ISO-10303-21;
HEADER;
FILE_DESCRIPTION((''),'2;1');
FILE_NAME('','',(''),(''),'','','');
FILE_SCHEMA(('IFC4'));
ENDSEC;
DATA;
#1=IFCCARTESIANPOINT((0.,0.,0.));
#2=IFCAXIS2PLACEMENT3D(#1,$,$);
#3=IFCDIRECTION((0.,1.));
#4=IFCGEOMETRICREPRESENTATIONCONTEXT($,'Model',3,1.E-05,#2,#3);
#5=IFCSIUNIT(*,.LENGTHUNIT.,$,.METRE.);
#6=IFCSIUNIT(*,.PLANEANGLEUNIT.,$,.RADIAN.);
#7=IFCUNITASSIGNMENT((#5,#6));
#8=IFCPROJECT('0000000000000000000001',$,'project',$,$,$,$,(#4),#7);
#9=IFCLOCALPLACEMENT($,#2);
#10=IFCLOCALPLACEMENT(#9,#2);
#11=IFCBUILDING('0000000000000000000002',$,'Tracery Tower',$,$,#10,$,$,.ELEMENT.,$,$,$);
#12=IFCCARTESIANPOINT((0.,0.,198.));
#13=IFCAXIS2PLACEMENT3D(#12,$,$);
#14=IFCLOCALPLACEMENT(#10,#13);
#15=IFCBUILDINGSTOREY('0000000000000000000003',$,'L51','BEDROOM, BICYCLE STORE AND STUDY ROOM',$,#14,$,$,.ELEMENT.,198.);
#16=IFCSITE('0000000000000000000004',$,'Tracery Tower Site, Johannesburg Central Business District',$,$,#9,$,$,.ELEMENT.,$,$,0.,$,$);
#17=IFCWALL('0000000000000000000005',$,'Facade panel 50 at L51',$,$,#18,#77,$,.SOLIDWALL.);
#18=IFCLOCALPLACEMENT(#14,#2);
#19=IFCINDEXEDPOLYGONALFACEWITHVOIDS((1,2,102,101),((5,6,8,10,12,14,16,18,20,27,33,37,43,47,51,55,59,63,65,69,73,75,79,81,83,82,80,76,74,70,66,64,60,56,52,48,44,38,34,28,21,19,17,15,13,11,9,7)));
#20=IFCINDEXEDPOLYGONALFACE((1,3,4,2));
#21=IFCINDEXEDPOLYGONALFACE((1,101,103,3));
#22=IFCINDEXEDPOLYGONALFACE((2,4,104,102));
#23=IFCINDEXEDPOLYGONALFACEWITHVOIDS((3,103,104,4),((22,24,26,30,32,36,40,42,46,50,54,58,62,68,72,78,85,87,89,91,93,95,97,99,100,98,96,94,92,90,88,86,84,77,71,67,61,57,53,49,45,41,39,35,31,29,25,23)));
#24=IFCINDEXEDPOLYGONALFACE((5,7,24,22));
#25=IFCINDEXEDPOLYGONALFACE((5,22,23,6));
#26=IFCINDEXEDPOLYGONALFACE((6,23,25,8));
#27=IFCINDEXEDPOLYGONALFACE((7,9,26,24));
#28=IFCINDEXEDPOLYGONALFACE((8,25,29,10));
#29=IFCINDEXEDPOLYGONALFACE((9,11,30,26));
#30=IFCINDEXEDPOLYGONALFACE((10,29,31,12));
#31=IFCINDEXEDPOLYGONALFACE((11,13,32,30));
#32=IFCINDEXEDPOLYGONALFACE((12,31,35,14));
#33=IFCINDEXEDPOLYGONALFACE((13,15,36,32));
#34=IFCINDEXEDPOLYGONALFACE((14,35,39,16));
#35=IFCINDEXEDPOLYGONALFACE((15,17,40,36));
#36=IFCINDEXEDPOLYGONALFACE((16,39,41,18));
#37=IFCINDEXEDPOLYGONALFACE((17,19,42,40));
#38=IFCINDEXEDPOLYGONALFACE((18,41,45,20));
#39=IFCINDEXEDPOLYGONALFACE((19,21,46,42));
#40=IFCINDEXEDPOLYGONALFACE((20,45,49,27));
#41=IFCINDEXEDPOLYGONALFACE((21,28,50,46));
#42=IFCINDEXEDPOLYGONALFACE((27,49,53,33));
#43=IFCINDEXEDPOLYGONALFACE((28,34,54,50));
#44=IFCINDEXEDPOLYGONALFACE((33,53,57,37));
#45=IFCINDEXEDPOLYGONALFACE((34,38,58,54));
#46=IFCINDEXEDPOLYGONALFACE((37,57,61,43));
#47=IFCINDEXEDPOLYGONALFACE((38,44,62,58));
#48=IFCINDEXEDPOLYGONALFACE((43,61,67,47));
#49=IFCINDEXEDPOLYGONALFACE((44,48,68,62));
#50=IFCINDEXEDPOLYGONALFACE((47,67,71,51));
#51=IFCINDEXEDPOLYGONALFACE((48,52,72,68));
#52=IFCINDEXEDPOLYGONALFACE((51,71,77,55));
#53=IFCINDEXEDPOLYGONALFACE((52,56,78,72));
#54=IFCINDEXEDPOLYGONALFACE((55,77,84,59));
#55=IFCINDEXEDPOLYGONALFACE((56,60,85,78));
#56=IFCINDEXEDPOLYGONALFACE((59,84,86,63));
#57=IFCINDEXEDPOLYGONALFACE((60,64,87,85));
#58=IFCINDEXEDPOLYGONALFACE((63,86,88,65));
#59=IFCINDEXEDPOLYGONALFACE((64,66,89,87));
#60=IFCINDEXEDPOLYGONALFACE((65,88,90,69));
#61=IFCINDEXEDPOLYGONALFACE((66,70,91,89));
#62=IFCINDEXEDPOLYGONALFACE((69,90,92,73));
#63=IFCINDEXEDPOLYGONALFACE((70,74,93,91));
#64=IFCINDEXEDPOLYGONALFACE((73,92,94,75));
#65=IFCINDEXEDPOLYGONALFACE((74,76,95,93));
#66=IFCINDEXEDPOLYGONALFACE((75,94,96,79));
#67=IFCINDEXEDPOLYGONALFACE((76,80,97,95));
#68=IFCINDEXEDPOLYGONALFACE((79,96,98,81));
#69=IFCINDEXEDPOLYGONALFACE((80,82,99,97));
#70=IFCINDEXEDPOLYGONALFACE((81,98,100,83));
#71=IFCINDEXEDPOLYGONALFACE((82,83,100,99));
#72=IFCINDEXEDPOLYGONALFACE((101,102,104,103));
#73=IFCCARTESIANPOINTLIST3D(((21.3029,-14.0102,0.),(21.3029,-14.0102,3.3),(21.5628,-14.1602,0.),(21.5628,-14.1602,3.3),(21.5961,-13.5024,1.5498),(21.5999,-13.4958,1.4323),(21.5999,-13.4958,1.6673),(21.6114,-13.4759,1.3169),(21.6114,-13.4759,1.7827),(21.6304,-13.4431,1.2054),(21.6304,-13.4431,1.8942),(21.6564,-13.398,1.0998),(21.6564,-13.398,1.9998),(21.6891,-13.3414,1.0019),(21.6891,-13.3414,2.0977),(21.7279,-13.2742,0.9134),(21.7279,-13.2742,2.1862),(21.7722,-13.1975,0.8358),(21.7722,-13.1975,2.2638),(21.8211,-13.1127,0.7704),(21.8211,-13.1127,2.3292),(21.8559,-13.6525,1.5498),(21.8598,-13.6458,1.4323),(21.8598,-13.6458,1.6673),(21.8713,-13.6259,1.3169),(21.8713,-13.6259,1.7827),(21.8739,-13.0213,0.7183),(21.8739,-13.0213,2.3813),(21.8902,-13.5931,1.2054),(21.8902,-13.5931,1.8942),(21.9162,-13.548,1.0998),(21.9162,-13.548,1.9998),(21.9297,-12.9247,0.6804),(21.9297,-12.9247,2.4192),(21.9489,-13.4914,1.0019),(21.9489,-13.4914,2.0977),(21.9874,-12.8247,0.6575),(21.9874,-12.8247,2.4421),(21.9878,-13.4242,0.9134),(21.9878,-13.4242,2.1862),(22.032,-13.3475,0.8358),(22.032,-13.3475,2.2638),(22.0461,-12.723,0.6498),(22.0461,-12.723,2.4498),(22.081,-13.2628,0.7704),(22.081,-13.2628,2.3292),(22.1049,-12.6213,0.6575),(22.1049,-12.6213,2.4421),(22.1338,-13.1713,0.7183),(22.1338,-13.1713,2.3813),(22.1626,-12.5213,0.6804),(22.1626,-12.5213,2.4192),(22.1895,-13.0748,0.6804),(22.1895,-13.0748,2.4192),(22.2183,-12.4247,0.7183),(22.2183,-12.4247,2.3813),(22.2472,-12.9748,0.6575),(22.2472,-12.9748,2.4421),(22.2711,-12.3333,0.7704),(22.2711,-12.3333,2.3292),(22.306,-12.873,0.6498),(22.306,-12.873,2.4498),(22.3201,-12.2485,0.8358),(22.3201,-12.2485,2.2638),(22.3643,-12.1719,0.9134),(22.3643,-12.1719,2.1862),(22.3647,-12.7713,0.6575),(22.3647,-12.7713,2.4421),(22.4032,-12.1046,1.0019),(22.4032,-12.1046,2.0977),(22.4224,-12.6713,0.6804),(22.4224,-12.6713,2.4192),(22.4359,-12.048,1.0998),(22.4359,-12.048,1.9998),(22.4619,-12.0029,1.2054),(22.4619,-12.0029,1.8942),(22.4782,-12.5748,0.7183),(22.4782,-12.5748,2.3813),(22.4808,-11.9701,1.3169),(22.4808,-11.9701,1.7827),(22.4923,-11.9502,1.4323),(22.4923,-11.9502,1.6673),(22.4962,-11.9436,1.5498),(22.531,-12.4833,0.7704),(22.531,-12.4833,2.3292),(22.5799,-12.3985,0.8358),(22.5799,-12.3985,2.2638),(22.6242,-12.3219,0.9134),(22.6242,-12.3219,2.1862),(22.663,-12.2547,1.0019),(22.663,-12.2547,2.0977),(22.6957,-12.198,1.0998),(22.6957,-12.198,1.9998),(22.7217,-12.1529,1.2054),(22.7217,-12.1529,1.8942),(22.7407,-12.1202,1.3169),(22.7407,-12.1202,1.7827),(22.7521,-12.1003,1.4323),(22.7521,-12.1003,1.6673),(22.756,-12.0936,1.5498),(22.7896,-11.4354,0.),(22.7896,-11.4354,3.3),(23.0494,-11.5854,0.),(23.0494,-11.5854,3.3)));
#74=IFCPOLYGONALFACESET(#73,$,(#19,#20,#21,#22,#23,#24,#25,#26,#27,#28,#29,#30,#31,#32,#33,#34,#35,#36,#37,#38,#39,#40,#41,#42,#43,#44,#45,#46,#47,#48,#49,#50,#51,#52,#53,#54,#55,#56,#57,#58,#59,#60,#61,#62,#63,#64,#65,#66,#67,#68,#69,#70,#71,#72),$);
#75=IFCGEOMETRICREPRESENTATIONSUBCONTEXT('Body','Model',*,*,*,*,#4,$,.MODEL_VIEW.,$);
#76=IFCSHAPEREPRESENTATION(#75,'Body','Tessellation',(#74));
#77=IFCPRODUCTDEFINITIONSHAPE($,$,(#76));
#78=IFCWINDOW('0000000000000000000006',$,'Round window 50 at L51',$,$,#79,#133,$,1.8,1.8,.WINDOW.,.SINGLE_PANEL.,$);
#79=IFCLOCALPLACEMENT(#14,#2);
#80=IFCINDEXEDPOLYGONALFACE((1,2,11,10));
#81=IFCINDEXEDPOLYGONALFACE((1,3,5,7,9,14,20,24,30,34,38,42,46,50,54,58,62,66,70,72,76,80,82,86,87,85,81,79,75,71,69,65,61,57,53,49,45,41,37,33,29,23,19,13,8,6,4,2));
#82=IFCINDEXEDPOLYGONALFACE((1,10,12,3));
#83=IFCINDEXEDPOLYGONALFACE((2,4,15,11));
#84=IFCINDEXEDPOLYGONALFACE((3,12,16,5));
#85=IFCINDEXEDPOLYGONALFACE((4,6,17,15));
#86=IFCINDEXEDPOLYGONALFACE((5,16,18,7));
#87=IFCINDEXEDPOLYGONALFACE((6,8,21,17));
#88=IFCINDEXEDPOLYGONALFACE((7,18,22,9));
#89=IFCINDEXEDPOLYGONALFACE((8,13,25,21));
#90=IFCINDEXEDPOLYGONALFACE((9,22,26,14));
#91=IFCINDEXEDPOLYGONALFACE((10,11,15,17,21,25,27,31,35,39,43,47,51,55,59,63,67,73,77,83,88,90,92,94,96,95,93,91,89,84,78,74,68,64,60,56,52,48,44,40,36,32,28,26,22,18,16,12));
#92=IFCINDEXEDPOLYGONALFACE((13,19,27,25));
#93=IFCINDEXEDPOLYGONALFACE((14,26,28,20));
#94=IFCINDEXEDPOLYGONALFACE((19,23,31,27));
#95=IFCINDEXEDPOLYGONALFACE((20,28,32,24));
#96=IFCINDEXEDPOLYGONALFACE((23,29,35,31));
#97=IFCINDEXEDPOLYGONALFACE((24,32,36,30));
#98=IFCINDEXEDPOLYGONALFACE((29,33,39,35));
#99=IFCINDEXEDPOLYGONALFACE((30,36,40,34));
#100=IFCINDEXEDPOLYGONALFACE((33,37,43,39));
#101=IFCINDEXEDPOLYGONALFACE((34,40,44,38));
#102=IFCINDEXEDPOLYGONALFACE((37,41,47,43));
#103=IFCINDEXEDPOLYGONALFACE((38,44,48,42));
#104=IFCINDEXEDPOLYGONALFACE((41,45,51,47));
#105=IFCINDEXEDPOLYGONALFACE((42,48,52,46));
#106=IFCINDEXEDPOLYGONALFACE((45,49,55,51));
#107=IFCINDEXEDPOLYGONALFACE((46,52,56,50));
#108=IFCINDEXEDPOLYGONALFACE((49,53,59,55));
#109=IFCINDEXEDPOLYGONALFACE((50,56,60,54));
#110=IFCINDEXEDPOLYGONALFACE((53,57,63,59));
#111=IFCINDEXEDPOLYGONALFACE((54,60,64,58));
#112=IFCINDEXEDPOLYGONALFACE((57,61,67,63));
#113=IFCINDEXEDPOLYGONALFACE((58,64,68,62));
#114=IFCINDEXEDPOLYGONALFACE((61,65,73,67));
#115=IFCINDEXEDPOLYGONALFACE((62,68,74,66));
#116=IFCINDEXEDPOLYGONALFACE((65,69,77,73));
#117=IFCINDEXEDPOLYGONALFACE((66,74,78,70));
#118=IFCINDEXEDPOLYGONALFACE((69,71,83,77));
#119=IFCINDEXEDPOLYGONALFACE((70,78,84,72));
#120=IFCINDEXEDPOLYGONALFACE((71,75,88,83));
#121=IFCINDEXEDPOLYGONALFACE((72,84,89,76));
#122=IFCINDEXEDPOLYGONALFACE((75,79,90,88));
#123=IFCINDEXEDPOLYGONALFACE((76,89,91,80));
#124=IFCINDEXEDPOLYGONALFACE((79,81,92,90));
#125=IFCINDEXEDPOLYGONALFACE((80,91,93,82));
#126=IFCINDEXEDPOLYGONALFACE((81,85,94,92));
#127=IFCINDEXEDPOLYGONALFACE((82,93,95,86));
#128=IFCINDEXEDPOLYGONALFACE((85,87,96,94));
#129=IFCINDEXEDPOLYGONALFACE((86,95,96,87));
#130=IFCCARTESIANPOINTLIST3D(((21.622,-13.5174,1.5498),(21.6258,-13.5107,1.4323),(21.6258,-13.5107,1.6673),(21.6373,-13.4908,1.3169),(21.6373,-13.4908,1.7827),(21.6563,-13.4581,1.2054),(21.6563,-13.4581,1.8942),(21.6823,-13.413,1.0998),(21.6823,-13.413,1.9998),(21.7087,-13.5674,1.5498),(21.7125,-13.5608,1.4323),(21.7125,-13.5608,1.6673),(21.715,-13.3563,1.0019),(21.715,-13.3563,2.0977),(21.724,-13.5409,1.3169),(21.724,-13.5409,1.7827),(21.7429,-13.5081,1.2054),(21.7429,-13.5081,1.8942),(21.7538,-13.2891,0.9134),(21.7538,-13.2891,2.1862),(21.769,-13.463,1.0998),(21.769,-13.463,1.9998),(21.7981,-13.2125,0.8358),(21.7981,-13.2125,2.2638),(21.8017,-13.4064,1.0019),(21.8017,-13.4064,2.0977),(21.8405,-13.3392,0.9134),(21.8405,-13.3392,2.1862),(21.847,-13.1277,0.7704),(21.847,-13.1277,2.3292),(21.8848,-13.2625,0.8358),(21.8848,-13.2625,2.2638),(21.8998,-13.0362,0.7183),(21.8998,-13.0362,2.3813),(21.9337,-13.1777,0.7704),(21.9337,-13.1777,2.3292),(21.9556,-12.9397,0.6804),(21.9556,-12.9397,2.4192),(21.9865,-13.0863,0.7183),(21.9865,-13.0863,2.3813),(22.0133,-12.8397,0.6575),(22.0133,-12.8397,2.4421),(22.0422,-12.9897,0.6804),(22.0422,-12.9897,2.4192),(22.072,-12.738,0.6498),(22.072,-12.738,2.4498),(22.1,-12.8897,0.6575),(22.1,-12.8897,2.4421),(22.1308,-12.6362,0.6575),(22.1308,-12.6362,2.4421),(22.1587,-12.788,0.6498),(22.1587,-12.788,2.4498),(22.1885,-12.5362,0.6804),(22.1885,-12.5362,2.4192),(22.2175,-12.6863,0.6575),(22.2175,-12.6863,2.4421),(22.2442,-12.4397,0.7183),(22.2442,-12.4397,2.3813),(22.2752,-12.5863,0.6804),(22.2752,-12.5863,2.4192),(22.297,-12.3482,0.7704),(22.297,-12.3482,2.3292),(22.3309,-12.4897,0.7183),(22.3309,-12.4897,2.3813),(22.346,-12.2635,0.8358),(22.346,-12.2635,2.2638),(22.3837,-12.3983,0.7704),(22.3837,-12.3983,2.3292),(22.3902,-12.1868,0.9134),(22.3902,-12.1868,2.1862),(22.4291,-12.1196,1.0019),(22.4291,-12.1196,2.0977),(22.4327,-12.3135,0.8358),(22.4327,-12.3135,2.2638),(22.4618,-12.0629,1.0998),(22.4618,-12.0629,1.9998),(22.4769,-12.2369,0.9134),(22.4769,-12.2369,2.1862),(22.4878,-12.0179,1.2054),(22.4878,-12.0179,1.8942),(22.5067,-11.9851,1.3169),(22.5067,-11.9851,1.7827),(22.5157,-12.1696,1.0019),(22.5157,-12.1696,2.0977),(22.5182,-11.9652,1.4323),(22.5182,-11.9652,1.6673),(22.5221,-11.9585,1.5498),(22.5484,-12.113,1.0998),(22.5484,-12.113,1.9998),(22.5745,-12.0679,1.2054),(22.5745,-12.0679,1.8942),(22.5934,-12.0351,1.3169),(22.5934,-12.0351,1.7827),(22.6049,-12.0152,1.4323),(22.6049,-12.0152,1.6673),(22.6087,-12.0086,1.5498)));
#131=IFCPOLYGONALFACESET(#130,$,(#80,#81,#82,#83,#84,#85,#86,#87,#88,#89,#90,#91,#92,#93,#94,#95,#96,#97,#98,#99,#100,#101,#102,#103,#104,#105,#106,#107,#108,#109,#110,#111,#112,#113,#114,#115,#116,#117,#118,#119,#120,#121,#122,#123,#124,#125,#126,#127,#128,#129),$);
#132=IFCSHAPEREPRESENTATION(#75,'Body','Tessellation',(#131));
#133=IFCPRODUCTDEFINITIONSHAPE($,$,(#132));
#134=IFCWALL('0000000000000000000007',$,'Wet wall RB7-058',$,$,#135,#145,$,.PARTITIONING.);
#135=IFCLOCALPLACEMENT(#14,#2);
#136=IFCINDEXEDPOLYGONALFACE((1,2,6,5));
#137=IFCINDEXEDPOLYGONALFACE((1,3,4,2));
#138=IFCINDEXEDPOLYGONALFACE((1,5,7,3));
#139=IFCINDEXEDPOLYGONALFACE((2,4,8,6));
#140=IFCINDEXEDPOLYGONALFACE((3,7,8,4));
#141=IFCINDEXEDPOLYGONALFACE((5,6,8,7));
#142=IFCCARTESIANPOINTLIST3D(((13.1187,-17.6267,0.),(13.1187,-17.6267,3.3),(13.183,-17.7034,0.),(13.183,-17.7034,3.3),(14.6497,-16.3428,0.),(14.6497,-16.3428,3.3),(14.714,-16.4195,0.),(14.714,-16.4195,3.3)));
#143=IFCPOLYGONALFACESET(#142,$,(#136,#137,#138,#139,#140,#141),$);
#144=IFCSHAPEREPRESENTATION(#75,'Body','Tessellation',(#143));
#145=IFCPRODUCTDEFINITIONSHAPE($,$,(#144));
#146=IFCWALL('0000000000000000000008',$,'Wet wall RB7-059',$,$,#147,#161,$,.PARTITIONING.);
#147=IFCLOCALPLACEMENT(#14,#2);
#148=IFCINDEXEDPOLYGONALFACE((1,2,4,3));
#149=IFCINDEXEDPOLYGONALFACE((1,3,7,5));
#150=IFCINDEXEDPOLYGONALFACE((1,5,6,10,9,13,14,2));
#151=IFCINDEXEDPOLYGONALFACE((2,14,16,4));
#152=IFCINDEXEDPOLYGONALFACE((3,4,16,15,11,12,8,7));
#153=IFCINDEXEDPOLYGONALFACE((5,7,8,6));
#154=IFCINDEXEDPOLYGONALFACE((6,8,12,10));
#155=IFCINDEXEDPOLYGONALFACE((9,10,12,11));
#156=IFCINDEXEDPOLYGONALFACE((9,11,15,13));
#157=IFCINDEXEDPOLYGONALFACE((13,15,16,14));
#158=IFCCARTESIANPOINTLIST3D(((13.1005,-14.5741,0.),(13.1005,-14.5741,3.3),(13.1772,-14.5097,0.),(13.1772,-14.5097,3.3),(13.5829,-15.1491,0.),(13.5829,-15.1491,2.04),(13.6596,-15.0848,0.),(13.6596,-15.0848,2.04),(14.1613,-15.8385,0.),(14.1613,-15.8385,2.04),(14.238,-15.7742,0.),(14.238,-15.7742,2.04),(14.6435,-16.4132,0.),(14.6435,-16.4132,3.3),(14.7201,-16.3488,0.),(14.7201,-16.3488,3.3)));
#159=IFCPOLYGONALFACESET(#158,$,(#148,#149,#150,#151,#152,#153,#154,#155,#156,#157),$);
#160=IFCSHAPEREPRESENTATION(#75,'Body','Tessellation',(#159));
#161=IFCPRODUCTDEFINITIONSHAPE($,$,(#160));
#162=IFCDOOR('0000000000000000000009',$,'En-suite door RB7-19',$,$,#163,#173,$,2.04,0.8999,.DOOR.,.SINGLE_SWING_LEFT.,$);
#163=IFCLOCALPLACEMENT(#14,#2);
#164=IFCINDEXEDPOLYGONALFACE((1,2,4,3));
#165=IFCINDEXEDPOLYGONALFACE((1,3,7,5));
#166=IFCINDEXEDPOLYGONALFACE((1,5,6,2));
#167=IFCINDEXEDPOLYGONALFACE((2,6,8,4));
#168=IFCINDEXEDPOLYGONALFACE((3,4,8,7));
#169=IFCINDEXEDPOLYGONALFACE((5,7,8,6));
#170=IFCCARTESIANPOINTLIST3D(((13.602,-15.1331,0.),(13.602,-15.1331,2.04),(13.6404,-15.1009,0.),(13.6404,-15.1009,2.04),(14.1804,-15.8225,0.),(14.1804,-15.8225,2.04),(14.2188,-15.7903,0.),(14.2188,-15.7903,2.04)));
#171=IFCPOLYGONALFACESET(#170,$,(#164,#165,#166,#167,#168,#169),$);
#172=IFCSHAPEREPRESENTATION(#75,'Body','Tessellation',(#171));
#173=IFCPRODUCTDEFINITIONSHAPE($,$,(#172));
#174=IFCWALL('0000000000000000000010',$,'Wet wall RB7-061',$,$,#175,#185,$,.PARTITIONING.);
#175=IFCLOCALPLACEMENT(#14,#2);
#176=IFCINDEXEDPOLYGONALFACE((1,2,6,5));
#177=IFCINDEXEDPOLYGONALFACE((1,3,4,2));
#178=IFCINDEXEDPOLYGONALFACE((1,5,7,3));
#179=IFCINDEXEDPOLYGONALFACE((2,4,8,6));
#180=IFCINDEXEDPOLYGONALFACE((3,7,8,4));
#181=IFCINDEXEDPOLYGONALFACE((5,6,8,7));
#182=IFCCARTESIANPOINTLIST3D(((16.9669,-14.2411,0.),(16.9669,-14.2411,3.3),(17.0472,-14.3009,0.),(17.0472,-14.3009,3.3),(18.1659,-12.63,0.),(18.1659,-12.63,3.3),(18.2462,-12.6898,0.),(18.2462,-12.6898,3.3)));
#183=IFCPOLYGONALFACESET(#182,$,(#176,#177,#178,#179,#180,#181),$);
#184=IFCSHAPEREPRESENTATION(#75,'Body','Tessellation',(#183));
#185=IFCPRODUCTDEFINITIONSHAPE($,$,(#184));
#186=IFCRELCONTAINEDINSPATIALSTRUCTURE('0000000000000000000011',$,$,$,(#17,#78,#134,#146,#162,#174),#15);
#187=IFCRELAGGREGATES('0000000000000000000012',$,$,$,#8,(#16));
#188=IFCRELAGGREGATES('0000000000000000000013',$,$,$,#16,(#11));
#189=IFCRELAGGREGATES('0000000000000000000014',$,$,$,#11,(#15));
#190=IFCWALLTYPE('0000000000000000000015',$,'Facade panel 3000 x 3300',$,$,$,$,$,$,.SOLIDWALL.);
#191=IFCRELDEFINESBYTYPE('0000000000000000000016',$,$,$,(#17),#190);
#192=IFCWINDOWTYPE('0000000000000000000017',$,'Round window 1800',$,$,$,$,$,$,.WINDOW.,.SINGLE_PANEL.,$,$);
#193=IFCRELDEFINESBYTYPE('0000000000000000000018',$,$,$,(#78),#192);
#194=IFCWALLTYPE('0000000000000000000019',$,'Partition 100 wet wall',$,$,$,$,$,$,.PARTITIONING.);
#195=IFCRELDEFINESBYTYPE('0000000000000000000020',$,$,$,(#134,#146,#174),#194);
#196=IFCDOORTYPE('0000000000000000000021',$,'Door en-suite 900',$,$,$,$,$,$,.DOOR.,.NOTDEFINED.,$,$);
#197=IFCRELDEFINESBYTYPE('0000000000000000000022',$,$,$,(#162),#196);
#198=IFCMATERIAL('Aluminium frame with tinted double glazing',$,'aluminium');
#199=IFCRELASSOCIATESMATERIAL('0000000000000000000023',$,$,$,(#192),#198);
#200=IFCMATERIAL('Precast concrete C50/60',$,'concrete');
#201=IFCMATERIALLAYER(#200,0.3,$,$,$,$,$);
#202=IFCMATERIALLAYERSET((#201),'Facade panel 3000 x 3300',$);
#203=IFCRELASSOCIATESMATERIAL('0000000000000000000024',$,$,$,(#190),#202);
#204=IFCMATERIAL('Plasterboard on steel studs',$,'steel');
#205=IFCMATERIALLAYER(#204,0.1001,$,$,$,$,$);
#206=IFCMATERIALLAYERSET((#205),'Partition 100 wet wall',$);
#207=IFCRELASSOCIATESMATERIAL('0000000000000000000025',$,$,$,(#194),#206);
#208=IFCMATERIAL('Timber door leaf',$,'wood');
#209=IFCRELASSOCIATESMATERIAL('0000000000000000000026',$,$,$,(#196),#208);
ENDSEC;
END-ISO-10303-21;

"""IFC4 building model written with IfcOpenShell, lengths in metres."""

from ifc_helpers import new_model, si_unit, direction, frame, frame_2d, origin, origin_2d, place, context, subcontext, project, spatial, rectangle, circle, extrude, material, layer, layer_set, type_object, element, fill, save


model = new_model("IFC4")

# Units and contexts
model_context = context("Model", 3, precision=1e-05, world=origin(), true_north=direction((0.0, 1.0)))
body_context = subcontext(model_context, "Body", "Model", "MODEL_VIEW")
ifc_project = project(units=[si_unit("LENGTHUNIT", "METRE"), si_unit("PLANEANGLEUNIT", "RADIAN")], contexts=[model_context])

# Site, building, storey
site_placement = place(None, origin())
site = spatial("IfcSite", under=ifc_project, at=site_placement, Name="Tracery Tower Site, Johannesburg Central Business District", CompositionType="ELEMENT", RefElevation=0.0)
building_placement = place(site_placement, origin())
building = spatial("IfcBuilding", under=site, at=building_placement, Name="Tracery Tower", CompositionType="ELEMENT")
storey_placement = place(building_placement, frame((0.0, 0.0, 198.0)))
storey = spatial("IfcBuildingStorey", under=building, at=storey_placement, Name="L51", Description="BEDROOM, BICYCLE STORE AND STUDY ROOM", CompositionType="ELEMENT", Elevation=198.0)

# Wall, opening, window
ifc_material_1 = material(Name="Aluminium frame with tinted double glazing", Category="aluminium")
window_type = type_object("IfcWindowType", Name="Round window 1800", PartitioningType="SINGLE_PANEL", PredefinedType="WINDOW", material=ifc_material_1)
ifc_material_2 = material(Name="Precast concrete C50/60", Category="concrete")
ifc_layer_1 = layer(ifc_material_2, 0.3)
ifc_layer_set_1 = layer_set([ifc_layer_1], Name="Facade panel 3000 x 3300")
wall_type_1 = type_object("IfcWallType", Name="Facade panel 3000 x 3300", PredefinedType="SOLIDWALL", material=ifc_layer_set_1)
wall_1_placement = place(storey_placement, frame((21.4329, -14.0852, 0.0), z_axis=(0.0, 0.0, 1.0), x_axis=(0.500016, 0.866016, 0.0)))
wall_1 = element("IfcWall", 1, at=wall_1_placement, inside=storey, type_object=wall_type_1, Name="Facade panel 50 at L51", PredefinedType="SOLIDWALL", context=body_context, shape_type="SweptSolid", body=[
    extrude(rectangle(XDim=2.9731, YDim=0.3, at=frame_2d((1.4866, 0.0))), origin(), (0.0, 0.0, 1.0), 3.3),
])
opening_1_placement = place(wall_1_placement, frame((1.4863, 0.0, 1.5498)))
opening_1 = element("IfcOpeningElement", 2, at=opening_1_placement, cuts=wall_1, PredefinedType="OPENING", context=body_context, shape_type="SweptSolid", body=[
    extrude(circle(Radius=0.9, at=origin_2d()), frame((0.0, 0.1599, 0.0), z_axis=(0.0, -1.0, 0.0), x_axis=(1.0, 0.0, 0.0)), (0.0, 0.0, 1.0), 0.3201),
])
window_1_placement = place(opening_1_placement, origin())
window_1 = element("IfcWindow", 3, at=window_1_placement, inside=storey, type_object=window_type, Name="Round window 50 at L51", OverallHeight=1.8, OverallWidth=1.8, PartitioningType="SINGLE_PANEL", PredefinedType="WINDOW", context=body_context, shape_type="SweptSolid", body=[
    extrude(circle(Radius=0.9, at=origin_2d()), frame((0.0, 0.1201, 0.0), z_axis=(0.0, -1.0, 0.0), x_axis=(1.0, 0.0, 0.0)), (0.0, 0.0, 1.0), 0.1001),
])
fill(opening_1, window_1)

# Wall
ifc_material_3 = material(Name="Plasterboard on steel studs", Category="steel")
ifc_layer_2 = layer(ifc_material_3, 0.1001)
ifc_layer_set_2 = layer_set([ifc_layer_2], Name="Partition 100 wet wall")
wall_type_2 = type_object("IfcWallType", Name="Partition 100 wet wall", PredefinedType="PARTITIONING", material=ifc_layer_set_2)
wall_2_placement = place(storey_placement, frame((13.1509, -17.665, 0.0), z_axis=(0.0, 0.0, 1.0), x_axis=(0.766225, 0.642573, 0.0)))
element("IfcWall", 4, at=wall_2_placement, inside=storey, type_object=wall_type_2, Name="Wet wall RB7-058", PredefinedType="PARTITIONING", context=body_context, shape_type="SweptSolid", body=[
    extrude(rectangle(XDim=1.998, YDim=0.1001, at=frame_2d((0.999, 0.0))), origin(), (0.0, 0.0, 1.0), 3.3),
])

# Wall, opening, door
wall_3_placement = place(storey_placement, frame((13.1389, -14.542, 0.0), z_axis=(0.0, 0.0, 1.0), x_axis=(0.642732, -0.766091, 0.0)))
wall_3 = element("IfcWall", 5, at=wall_3_placement, inside=storey, type_object=wall_type_2, Name="Wet wall RB7-059", PredefinedType="PARTITIONING", context=body_context, shape_type="SweptSolid", body=[
    extrude(rectangle(XDim=2.4006, YDim=0.1001, at=frame_2d((1.2002, 0.0))), origin(), (0.0, 0.0, 1.0), 3.3),
])
opening_2_placement = place(wall_3_placement, frame((0.7505, 0.0, 0.0)))
opening_2 = element("IfcOpeningElement", 6, at=opening_2_placement, cuts=wall_3, PredefinedType="OPENING", context=body_context, shape_type="SweptSolid", body=[
    extrude(rectangle(XDim=0.8999, YDim=2.04, at=frame_2d((0.45, 1.02))), frame((0.0, 0.05, 0.0), z_axis=(0.0, -1.0, 0.0), x_axis=(1.0, 0.0, 0.0)), (0.0, 0.0, 1.0), 0.1001),
])
ifc_material_4 = material(Name="Timber door leaf", Category="wood")
door_type_1 = type_object("IfcDoorType", Name="Door en-suite 900", OperationType="NOTDEFINED", PredefinedType="DOOR", material=ifc_material_4)
door_1_placement = place(opening_2_placement, origin())
door_1 = element("IfcDoor", 7, at=door_1_placement, inside=storey, type_object=door_type_1, Name="En-suite door RB7-19", OperationType="SINGLE_SWING_LEFT", OverallHeight=2.04, OverallWidth=0.8999, PredefinedType="DOOR", context=body_context, shape_type="SweptSolid", body=[
    extrude(rectangle(XDim=0.8999, YDim=2.04, at=frame_2d((0.45, 1.02))), frame((0.0, 0.0249, 0.0), z_axis=(0.0, -1.0, 0.0), x_axis=(1.0, 0.0, 0.0)), (0.0, 0.0, 1.0), 0.05),
])
fill(opening_2, door_1)

# Wall
wall_4_placement = place(storey_placement, frame((17.0071, -14.271, 0.0), z_axis=(0.0, 0.0, 1.0), x_axis=(0.59702, 0.802226, 0.0)))
element("IfcWall", 8, at=wall_4_placement, inside=storey, type_object=wall_type_2, Name="Wet wall RB7-061", PredefinedType="PARTITIONING", context=body_context, shape_type="SweptSolid", body=[
    extrude(rectangle(XDim=2.0083, YDim=0.1001, at=frame_2d((1.0042, 0.0))), origin(), (0.0, 0.0, 1.0), 3.3),
])

save(model, "model.ifc")
